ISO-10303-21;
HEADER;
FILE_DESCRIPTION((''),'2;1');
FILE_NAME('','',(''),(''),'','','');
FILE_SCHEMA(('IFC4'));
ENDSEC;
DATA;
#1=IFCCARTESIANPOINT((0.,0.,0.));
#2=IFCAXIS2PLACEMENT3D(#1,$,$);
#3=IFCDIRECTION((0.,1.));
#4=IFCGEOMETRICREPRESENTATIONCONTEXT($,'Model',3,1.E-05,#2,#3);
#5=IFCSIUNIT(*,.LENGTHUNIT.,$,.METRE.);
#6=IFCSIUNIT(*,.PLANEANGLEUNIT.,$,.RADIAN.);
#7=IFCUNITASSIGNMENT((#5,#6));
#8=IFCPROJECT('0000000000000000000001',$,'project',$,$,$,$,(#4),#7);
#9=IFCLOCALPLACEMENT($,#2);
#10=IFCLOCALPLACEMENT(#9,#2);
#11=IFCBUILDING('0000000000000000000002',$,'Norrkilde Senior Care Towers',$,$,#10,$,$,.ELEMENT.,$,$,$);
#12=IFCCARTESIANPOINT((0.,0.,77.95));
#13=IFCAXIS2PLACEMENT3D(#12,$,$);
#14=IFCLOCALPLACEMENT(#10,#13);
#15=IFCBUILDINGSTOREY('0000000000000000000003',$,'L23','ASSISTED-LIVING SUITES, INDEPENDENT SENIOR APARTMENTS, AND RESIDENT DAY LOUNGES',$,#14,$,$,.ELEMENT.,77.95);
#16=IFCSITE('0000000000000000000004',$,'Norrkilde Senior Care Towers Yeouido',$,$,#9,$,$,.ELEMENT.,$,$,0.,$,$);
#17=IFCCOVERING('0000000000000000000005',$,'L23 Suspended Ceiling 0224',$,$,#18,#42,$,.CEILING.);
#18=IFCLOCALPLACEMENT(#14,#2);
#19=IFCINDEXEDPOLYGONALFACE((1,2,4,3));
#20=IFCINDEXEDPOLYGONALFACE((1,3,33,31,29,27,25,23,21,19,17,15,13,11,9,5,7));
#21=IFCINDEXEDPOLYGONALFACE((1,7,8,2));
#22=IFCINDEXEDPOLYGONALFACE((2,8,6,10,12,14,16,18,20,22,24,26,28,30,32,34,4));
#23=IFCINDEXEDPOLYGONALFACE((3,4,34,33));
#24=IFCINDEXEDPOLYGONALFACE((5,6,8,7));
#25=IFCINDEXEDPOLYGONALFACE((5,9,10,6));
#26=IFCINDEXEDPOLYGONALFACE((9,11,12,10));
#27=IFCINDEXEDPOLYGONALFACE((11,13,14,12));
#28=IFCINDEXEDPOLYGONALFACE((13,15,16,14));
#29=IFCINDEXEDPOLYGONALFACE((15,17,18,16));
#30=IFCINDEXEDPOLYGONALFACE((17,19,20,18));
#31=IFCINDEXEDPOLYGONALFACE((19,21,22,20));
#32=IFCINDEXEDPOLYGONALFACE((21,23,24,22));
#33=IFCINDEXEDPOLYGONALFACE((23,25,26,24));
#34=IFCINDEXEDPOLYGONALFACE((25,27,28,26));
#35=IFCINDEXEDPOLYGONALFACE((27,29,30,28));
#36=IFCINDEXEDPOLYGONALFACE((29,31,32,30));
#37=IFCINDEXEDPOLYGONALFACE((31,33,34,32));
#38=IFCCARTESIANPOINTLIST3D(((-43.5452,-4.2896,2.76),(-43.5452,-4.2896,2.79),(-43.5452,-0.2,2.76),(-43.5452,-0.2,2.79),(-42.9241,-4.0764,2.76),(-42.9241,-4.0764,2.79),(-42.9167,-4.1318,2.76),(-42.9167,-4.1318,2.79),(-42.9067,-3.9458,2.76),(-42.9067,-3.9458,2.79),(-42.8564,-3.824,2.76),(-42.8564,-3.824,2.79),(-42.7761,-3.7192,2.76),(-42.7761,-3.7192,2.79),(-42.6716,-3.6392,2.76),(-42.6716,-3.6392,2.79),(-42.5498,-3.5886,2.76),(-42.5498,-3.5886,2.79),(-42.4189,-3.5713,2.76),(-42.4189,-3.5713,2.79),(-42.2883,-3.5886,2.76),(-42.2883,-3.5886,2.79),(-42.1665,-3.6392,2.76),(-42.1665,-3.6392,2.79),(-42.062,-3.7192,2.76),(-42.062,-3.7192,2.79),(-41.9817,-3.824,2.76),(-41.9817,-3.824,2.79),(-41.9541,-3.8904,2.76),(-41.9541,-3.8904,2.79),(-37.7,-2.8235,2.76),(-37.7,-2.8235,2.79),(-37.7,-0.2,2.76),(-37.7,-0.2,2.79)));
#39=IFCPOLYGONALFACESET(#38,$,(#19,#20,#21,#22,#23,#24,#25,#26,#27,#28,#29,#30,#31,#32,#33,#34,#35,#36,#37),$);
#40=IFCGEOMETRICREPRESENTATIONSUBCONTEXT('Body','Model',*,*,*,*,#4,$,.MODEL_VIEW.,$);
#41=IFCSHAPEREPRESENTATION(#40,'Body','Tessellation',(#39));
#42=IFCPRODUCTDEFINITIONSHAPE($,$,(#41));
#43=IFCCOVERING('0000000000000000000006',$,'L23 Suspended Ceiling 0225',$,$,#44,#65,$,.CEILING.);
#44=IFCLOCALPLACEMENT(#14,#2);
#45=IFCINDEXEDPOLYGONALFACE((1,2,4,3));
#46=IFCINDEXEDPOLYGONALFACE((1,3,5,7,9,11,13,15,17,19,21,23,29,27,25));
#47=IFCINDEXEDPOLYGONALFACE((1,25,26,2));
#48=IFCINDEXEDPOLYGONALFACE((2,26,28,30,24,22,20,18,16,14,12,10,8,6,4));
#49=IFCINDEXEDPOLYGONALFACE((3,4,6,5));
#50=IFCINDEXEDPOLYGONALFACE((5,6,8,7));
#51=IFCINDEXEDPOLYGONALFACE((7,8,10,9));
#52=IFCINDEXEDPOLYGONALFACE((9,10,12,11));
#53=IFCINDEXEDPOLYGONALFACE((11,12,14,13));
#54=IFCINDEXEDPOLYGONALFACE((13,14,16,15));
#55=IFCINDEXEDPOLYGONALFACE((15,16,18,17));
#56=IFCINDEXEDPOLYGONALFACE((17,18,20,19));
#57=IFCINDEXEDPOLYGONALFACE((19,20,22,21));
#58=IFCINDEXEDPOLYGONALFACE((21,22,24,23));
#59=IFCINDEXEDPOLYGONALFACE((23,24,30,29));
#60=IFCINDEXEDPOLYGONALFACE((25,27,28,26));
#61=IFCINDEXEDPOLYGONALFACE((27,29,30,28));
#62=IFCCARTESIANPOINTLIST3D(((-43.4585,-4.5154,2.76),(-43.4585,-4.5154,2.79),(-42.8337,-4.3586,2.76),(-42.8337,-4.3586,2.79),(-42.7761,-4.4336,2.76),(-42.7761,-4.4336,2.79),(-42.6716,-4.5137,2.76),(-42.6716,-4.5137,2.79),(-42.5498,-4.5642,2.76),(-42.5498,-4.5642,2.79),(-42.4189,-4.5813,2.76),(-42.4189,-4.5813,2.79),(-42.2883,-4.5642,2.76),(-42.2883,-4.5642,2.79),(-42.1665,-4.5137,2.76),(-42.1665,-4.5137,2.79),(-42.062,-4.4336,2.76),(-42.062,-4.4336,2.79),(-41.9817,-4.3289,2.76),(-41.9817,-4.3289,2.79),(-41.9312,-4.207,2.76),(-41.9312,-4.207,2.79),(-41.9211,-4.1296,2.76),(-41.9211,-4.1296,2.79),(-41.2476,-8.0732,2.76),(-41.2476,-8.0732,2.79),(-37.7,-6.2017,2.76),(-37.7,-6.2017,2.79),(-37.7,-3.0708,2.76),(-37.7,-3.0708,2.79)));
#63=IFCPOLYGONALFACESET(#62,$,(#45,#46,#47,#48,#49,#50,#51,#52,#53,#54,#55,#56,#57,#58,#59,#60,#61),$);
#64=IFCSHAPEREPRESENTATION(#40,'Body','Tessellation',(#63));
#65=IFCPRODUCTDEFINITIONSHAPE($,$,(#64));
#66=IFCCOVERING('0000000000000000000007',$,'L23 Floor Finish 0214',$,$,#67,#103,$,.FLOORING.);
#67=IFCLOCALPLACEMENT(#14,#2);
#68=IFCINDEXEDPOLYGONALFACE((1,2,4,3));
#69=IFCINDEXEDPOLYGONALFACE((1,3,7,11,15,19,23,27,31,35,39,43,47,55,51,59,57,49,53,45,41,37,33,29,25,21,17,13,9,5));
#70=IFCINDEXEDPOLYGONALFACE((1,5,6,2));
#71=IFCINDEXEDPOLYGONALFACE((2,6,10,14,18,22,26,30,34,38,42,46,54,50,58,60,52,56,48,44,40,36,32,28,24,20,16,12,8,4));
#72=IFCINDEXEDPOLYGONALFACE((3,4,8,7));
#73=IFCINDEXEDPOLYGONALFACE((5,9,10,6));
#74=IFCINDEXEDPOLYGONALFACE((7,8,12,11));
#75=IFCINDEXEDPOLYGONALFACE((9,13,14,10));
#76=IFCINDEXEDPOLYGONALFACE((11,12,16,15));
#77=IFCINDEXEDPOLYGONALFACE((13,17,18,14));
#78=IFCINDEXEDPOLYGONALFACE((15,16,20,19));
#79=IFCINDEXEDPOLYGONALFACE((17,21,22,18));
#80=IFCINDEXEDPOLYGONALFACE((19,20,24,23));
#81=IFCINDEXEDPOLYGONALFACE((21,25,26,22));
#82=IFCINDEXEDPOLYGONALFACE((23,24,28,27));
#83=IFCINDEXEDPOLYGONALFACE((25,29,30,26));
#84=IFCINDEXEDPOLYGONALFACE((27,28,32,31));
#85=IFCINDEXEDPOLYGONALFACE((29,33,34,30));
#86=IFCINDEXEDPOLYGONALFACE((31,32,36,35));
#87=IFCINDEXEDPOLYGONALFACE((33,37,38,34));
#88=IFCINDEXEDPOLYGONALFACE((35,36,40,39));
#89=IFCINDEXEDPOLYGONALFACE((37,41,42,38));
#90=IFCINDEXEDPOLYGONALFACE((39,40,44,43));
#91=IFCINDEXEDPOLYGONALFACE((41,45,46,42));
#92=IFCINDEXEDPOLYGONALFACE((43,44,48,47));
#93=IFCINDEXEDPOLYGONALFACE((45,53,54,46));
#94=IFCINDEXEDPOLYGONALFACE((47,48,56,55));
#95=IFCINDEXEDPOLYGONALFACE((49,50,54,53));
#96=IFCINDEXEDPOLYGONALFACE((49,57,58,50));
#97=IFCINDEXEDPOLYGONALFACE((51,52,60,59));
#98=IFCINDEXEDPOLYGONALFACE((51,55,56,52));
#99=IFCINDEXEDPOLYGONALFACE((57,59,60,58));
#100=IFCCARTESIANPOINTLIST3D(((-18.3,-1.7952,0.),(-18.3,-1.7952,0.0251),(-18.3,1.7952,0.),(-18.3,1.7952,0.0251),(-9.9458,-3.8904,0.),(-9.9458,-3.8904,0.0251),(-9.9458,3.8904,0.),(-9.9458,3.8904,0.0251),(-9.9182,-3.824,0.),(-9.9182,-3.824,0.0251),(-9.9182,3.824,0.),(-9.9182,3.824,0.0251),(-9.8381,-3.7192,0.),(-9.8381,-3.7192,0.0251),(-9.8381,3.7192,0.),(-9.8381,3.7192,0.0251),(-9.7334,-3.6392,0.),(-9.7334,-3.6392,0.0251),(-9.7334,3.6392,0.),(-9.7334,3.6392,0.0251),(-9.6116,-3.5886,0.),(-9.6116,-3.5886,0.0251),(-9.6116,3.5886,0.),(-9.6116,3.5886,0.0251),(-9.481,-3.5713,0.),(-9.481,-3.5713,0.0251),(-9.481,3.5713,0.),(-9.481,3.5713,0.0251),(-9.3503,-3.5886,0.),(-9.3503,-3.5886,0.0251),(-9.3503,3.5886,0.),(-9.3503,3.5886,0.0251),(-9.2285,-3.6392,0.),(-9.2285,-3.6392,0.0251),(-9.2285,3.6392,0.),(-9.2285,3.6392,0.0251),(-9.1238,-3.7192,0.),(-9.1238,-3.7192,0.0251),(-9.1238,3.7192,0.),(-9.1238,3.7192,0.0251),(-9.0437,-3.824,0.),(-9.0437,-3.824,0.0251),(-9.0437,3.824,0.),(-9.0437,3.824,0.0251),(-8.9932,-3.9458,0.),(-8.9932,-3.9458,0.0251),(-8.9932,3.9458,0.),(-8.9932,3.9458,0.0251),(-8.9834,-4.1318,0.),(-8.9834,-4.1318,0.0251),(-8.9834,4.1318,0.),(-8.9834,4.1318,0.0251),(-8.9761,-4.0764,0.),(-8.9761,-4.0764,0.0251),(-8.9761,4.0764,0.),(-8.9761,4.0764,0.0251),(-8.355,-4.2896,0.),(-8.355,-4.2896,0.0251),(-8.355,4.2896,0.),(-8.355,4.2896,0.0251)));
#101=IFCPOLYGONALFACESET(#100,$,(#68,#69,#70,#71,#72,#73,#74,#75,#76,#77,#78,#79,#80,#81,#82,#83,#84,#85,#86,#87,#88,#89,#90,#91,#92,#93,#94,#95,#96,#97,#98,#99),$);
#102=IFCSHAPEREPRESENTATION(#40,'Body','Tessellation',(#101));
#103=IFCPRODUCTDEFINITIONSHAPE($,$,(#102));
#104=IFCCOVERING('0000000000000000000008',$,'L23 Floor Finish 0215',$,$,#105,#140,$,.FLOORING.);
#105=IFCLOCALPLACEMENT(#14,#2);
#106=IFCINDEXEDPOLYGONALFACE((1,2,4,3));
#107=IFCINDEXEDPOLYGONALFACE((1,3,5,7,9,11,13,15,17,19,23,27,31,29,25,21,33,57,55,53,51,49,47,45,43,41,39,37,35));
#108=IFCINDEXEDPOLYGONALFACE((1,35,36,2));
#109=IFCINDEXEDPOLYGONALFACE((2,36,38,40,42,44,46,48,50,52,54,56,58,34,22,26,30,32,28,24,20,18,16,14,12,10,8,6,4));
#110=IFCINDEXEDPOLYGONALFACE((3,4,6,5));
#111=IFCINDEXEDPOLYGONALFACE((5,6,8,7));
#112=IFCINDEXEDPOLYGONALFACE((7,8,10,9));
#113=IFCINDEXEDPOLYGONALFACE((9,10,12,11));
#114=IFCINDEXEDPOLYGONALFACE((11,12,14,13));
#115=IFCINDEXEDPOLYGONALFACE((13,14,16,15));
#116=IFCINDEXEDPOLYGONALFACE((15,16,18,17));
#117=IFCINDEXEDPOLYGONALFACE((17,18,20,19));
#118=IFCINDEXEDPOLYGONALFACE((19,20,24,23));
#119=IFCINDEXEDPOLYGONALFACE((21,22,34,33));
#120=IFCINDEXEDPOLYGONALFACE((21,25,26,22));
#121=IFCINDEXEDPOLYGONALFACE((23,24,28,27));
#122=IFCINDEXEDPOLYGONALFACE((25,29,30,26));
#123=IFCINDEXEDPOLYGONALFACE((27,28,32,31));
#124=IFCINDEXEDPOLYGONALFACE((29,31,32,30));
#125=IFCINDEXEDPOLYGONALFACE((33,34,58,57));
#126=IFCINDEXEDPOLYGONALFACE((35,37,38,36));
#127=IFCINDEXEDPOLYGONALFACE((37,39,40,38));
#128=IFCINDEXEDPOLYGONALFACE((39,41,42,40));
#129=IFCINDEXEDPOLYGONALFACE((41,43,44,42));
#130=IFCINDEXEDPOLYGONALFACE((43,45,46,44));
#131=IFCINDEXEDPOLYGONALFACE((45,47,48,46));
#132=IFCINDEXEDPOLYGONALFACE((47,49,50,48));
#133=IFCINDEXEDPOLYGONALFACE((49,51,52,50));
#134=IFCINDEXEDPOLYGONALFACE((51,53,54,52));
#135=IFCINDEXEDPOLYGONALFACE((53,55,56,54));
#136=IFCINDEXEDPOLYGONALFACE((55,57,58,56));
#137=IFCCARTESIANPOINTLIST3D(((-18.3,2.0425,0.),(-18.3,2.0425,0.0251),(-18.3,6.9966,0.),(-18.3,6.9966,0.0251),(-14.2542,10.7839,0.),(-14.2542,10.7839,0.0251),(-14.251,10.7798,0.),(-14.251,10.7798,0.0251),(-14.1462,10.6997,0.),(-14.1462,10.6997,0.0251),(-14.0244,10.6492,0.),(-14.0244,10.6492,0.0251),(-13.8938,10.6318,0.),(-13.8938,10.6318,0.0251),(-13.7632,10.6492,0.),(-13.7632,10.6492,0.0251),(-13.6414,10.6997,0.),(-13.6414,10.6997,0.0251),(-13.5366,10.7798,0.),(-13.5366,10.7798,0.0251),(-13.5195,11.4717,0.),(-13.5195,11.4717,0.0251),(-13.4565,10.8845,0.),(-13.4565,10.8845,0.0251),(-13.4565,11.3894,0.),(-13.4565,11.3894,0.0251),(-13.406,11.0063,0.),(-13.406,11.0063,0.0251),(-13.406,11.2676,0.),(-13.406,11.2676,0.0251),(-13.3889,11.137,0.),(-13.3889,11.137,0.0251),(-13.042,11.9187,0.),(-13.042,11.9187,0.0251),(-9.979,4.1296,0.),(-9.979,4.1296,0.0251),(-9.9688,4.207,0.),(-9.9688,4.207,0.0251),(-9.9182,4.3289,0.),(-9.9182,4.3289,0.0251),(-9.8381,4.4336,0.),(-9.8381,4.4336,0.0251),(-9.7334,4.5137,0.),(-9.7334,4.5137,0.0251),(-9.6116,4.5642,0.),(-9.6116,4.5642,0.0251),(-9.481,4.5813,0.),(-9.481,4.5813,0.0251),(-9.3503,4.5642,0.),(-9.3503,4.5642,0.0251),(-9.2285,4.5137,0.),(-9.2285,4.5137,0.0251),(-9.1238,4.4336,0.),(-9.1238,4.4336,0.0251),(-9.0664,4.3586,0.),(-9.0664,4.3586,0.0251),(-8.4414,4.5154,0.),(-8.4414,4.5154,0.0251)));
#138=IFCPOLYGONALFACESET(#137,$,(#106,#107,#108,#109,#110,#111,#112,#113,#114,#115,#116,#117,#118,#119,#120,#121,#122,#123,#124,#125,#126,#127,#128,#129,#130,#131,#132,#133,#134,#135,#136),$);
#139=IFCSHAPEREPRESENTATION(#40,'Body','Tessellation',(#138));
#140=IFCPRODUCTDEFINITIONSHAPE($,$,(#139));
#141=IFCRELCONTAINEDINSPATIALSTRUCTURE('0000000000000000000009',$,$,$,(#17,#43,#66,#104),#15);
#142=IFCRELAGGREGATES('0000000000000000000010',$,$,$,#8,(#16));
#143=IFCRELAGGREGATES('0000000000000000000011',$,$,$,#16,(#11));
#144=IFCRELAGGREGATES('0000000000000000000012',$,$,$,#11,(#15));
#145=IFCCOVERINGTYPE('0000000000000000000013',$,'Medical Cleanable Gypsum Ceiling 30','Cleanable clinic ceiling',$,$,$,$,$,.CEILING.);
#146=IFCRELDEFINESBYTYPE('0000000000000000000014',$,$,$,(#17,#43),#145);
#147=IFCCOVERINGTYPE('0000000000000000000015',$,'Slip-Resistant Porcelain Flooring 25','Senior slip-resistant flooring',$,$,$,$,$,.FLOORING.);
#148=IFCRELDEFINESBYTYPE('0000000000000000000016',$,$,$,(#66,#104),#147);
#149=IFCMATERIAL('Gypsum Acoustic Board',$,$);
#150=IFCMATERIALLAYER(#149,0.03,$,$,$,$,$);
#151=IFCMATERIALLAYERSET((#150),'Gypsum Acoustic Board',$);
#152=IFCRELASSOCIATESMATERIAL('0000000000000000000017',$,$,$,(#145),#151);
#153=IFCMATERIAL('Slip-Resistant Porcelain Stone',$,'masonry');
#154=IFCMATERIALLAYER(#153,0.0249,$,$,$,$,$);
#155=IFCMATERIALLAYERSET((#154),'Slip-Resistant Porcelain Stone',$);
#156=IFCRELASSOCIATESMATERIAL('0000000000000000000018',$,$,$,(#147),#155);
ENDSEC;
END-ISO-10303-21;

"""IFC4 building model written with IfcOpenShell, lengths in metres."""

from ifc_helpers import new_model, si_unit, direction, frame, origin, place, context, subcontext, project, spatial, polyline, outline, extrude, material, layer, layer_set, type_object, element, save


model = new_model("IFC4")

# Units and contexts
model_context = context("Model", 3, precision=1e-05, world=origin(), true_north=direction((0.0, 1.0)))
body_context = subcontext(model_context, "Body", "Model", "MODEL_VIEW")
ifc_project = project(units=[si_unit("LENGTHUNIT", "METRE"), si_unit("PLANEANGLEUNIT", "RADIAN")], contexts=[model_context])

# Site, building, storey
site_placement = place(None, origin())
site = spatial("IfcSite", under=ifc_project, at=site_placement, Name="Norrkilde Senior Care Towers Yeouido", CompositionType="ELEMENT", RefElevation=0.0)
building_placement = place(site_placement, origin())
building = spatial("IfcBuilding", under=site, at=building_placement, Name="Norrkilde Senior Care Towers", CompositionType="ELEMENT")
storey_placement = place(building_placement, frame((0.0, 0.0, 77.95)))
storey = spatial("IfcBuildingStorey", under=building, at=storey_placement, Name="L23", Description="ASSISTED-LIVING SUITES, INDEPENDENT SENIOR APARTMENTS, AND RESIDENT DAY LOUNGES", CompositionType="ELEMENT", Elevation=77.95)

# Coverings
ifc_material_1 = material(Name="Gypsum Acoustic Board")
ifc_layer_1 = layer(ifc_material_1, 0.03)
ifc_layer_set_1 = layer_set([ifc_layer_1], Name="Gypsum Acoustic Board")
covering_type_1 = type_object("IfcCoveringType", Name="Medical Cleanable Gypsum Ceiling 30", Description="Cleanable clinic ceiling", PredefinedType="CEILING", material=ifc_layer_set_1)
covering_1_placement = place(storey_placement, frame((0.0, 0.0, 2.76)))
element("IfcCovering", 1, at=covering_1_placement, inside=storey, type_object=covering_type_1, Name="L23 Suspended Ceiling 0224", PredefinedType="CEILING", context=body_context, shape_type="SweptSolid", body=[
    extrude(outline(polyline([(-37.7, -0.2), (-37.7, -2.8235), (-41.9541, -3.8904), (-41.9817, -3.824), (-42.062, -3.7192), (-42.1665, -3.6392), (-42.2883, -3.5886), (-42.4189, -3.5713), (-42.5498, -3.5886), (-42.6716, -3.6392), (-42.7761, -3.7192), (-42.8564, -3.824), (-42.9067, -3.9458), (-42.9241, -4.0764), (-42.9167, -4.1318), (-43.5452, -4.2896), (-43.5452, -0.2), (-37.7, -0.2)])), origin(), (0.0, 0.0, 1.0), 0.03),
])
covering_2_placement = place(storey_placement, frame((0.0, 0.0, 2.76)))
element("IfcCovering", 2, at=covering_2_placement, inside=storey, type_object=covering_type_1, Name="L23 Suspended Ceiling 0225", PredefinedType="CEILING", context=body_context, shape_type="SweptSolid", body=[
    extrude(outline(polyline([(-42.8337, -4.3586), (-42.7761, -4.4336), (-42.6716, -4.5137), (-42.5498, -4.5642), (-42.4189, -4.5813), (-42.2883, -4.5642), (-42.1665, -4.5137), (-42.062, -4.4336), (-41.9817, -4.3289), (-41.9312, -4.207), (-41.9211, -4.1296), (-37.7, -3.0708), (-37.7, -6.2017), (-41.2476, -8.0732), (-43.4585, -4.5154), (-42.8337, -4.3586)])), origin(), (0.0, 0.0, 1.0), 0.03),
])
ifc_material_2 = material(Name="Slip-Resistant Porcelain Stone", Category="masonry")
ifc_layer_2 = layer(ifc_material_2, 0.0249)
ifc_layer_set_2 = layer_set([ifc_layer_2], Name="Slip-Resistant Porcelain Stone")
covering_type_2 = type_object("IfcCoveringType", Name="Slip-Resistant Porcelain Flooring 25", Description="Senior slip-resistant flooring", PredefinedType="FLOORING", material=ifc_layer_set_2)
covering_3_placement = place(storey_placement, origin())
element("IfcCovering", 3, at=covering_3_placement, inside=storey, type_object=covering_type_2, Name="L23 Floor Finish 0214", PredefinedType="FLOORING", context=body_context, shape_type="SweptSolid", body=[
    extrude(outline(polyline([(-9.9182, 3.824), (-9.8381, 3.7192), (-9.7334, 3.6392), (-9.6116, 3.5886), (-9.481, 3.5713), (-9.3503, 3.5886), (-9.2285, 3.6392), (-9.1238, 3.7192), (-9.0437, 3.824), (-8.9932, 3.9458), (-8.9761, 4.0764), (-8.9834, 4.1318), (-8.355, 4.2896), (-8.355, -4.2896), (-8.9834, -4.1318), (-8.9761, -4.0764), (-8.9932, -3.9458), (-9.0437, -3.824), (-9.1238, -3.7192), (-9.2285, -3.6392), (-9.3503, -3.5886), (-9.481, -3.5713), (-9.6116, -3.5886), (-9.7334, -3.6392), (-9.8381, -3.7192), (-9.9182, -3.824), (-9.9458, -3.8904), (-18.3, -1.7952), (-18.3, 1.7952), (-9.9458, 3.8904), (-9.9182, 3.824)])), origin(), (0.0, 0.0, 1.0), 0.0251),
])
covering_4_placement = place(storey_placement, origin())
element("IfcCovering", 4, at=covering_4_placement, inside=storey, type_object=covering_type_2, Name="L23 Floor Finish 0215", PredefinedType="FLOORING", context=body_context, shape_type="SweptSolid", body=[
    extrude(outline(polyline([(-8.4414, 4.5154), (-9.0664, 4.3586), (-9.1238, 4.4336), (-9.2285, 4.5137), (-9.3503, 4.5642), (-9.481, 4.5813), (-9.6116, 4.5642), (-9.7334, 4.5137), (-9.8381, 4.4336), (-9.9182, 4.3289), (-9.9688, 4.207), (-9.979, 4.1296), (-18.3, 2.0425), (-18.3, 6.9966), (-14.2542, 10.7839), (-14.251, 10.7798), (-14.1462, 10.6997), (-14.0244, 10.6492), (-13.8938, 10.6318), (-13.7632, 10.6492), (-13.6414, 10.6997), (-13.5366, 10.7798), (-13.4565, 10.8845), (-13.406, 11.0063), (-13.3889, 11.137), (-13.406, 11.2676), (-13.4565, 11.3894), (-13.5195, 11.4717), (-13.042, 11.9187), (-8.4414, 4.5154)])), origin(), (0.0, 0.0, 1.0), 0.0251),
])

save(model, "model.ifc")
